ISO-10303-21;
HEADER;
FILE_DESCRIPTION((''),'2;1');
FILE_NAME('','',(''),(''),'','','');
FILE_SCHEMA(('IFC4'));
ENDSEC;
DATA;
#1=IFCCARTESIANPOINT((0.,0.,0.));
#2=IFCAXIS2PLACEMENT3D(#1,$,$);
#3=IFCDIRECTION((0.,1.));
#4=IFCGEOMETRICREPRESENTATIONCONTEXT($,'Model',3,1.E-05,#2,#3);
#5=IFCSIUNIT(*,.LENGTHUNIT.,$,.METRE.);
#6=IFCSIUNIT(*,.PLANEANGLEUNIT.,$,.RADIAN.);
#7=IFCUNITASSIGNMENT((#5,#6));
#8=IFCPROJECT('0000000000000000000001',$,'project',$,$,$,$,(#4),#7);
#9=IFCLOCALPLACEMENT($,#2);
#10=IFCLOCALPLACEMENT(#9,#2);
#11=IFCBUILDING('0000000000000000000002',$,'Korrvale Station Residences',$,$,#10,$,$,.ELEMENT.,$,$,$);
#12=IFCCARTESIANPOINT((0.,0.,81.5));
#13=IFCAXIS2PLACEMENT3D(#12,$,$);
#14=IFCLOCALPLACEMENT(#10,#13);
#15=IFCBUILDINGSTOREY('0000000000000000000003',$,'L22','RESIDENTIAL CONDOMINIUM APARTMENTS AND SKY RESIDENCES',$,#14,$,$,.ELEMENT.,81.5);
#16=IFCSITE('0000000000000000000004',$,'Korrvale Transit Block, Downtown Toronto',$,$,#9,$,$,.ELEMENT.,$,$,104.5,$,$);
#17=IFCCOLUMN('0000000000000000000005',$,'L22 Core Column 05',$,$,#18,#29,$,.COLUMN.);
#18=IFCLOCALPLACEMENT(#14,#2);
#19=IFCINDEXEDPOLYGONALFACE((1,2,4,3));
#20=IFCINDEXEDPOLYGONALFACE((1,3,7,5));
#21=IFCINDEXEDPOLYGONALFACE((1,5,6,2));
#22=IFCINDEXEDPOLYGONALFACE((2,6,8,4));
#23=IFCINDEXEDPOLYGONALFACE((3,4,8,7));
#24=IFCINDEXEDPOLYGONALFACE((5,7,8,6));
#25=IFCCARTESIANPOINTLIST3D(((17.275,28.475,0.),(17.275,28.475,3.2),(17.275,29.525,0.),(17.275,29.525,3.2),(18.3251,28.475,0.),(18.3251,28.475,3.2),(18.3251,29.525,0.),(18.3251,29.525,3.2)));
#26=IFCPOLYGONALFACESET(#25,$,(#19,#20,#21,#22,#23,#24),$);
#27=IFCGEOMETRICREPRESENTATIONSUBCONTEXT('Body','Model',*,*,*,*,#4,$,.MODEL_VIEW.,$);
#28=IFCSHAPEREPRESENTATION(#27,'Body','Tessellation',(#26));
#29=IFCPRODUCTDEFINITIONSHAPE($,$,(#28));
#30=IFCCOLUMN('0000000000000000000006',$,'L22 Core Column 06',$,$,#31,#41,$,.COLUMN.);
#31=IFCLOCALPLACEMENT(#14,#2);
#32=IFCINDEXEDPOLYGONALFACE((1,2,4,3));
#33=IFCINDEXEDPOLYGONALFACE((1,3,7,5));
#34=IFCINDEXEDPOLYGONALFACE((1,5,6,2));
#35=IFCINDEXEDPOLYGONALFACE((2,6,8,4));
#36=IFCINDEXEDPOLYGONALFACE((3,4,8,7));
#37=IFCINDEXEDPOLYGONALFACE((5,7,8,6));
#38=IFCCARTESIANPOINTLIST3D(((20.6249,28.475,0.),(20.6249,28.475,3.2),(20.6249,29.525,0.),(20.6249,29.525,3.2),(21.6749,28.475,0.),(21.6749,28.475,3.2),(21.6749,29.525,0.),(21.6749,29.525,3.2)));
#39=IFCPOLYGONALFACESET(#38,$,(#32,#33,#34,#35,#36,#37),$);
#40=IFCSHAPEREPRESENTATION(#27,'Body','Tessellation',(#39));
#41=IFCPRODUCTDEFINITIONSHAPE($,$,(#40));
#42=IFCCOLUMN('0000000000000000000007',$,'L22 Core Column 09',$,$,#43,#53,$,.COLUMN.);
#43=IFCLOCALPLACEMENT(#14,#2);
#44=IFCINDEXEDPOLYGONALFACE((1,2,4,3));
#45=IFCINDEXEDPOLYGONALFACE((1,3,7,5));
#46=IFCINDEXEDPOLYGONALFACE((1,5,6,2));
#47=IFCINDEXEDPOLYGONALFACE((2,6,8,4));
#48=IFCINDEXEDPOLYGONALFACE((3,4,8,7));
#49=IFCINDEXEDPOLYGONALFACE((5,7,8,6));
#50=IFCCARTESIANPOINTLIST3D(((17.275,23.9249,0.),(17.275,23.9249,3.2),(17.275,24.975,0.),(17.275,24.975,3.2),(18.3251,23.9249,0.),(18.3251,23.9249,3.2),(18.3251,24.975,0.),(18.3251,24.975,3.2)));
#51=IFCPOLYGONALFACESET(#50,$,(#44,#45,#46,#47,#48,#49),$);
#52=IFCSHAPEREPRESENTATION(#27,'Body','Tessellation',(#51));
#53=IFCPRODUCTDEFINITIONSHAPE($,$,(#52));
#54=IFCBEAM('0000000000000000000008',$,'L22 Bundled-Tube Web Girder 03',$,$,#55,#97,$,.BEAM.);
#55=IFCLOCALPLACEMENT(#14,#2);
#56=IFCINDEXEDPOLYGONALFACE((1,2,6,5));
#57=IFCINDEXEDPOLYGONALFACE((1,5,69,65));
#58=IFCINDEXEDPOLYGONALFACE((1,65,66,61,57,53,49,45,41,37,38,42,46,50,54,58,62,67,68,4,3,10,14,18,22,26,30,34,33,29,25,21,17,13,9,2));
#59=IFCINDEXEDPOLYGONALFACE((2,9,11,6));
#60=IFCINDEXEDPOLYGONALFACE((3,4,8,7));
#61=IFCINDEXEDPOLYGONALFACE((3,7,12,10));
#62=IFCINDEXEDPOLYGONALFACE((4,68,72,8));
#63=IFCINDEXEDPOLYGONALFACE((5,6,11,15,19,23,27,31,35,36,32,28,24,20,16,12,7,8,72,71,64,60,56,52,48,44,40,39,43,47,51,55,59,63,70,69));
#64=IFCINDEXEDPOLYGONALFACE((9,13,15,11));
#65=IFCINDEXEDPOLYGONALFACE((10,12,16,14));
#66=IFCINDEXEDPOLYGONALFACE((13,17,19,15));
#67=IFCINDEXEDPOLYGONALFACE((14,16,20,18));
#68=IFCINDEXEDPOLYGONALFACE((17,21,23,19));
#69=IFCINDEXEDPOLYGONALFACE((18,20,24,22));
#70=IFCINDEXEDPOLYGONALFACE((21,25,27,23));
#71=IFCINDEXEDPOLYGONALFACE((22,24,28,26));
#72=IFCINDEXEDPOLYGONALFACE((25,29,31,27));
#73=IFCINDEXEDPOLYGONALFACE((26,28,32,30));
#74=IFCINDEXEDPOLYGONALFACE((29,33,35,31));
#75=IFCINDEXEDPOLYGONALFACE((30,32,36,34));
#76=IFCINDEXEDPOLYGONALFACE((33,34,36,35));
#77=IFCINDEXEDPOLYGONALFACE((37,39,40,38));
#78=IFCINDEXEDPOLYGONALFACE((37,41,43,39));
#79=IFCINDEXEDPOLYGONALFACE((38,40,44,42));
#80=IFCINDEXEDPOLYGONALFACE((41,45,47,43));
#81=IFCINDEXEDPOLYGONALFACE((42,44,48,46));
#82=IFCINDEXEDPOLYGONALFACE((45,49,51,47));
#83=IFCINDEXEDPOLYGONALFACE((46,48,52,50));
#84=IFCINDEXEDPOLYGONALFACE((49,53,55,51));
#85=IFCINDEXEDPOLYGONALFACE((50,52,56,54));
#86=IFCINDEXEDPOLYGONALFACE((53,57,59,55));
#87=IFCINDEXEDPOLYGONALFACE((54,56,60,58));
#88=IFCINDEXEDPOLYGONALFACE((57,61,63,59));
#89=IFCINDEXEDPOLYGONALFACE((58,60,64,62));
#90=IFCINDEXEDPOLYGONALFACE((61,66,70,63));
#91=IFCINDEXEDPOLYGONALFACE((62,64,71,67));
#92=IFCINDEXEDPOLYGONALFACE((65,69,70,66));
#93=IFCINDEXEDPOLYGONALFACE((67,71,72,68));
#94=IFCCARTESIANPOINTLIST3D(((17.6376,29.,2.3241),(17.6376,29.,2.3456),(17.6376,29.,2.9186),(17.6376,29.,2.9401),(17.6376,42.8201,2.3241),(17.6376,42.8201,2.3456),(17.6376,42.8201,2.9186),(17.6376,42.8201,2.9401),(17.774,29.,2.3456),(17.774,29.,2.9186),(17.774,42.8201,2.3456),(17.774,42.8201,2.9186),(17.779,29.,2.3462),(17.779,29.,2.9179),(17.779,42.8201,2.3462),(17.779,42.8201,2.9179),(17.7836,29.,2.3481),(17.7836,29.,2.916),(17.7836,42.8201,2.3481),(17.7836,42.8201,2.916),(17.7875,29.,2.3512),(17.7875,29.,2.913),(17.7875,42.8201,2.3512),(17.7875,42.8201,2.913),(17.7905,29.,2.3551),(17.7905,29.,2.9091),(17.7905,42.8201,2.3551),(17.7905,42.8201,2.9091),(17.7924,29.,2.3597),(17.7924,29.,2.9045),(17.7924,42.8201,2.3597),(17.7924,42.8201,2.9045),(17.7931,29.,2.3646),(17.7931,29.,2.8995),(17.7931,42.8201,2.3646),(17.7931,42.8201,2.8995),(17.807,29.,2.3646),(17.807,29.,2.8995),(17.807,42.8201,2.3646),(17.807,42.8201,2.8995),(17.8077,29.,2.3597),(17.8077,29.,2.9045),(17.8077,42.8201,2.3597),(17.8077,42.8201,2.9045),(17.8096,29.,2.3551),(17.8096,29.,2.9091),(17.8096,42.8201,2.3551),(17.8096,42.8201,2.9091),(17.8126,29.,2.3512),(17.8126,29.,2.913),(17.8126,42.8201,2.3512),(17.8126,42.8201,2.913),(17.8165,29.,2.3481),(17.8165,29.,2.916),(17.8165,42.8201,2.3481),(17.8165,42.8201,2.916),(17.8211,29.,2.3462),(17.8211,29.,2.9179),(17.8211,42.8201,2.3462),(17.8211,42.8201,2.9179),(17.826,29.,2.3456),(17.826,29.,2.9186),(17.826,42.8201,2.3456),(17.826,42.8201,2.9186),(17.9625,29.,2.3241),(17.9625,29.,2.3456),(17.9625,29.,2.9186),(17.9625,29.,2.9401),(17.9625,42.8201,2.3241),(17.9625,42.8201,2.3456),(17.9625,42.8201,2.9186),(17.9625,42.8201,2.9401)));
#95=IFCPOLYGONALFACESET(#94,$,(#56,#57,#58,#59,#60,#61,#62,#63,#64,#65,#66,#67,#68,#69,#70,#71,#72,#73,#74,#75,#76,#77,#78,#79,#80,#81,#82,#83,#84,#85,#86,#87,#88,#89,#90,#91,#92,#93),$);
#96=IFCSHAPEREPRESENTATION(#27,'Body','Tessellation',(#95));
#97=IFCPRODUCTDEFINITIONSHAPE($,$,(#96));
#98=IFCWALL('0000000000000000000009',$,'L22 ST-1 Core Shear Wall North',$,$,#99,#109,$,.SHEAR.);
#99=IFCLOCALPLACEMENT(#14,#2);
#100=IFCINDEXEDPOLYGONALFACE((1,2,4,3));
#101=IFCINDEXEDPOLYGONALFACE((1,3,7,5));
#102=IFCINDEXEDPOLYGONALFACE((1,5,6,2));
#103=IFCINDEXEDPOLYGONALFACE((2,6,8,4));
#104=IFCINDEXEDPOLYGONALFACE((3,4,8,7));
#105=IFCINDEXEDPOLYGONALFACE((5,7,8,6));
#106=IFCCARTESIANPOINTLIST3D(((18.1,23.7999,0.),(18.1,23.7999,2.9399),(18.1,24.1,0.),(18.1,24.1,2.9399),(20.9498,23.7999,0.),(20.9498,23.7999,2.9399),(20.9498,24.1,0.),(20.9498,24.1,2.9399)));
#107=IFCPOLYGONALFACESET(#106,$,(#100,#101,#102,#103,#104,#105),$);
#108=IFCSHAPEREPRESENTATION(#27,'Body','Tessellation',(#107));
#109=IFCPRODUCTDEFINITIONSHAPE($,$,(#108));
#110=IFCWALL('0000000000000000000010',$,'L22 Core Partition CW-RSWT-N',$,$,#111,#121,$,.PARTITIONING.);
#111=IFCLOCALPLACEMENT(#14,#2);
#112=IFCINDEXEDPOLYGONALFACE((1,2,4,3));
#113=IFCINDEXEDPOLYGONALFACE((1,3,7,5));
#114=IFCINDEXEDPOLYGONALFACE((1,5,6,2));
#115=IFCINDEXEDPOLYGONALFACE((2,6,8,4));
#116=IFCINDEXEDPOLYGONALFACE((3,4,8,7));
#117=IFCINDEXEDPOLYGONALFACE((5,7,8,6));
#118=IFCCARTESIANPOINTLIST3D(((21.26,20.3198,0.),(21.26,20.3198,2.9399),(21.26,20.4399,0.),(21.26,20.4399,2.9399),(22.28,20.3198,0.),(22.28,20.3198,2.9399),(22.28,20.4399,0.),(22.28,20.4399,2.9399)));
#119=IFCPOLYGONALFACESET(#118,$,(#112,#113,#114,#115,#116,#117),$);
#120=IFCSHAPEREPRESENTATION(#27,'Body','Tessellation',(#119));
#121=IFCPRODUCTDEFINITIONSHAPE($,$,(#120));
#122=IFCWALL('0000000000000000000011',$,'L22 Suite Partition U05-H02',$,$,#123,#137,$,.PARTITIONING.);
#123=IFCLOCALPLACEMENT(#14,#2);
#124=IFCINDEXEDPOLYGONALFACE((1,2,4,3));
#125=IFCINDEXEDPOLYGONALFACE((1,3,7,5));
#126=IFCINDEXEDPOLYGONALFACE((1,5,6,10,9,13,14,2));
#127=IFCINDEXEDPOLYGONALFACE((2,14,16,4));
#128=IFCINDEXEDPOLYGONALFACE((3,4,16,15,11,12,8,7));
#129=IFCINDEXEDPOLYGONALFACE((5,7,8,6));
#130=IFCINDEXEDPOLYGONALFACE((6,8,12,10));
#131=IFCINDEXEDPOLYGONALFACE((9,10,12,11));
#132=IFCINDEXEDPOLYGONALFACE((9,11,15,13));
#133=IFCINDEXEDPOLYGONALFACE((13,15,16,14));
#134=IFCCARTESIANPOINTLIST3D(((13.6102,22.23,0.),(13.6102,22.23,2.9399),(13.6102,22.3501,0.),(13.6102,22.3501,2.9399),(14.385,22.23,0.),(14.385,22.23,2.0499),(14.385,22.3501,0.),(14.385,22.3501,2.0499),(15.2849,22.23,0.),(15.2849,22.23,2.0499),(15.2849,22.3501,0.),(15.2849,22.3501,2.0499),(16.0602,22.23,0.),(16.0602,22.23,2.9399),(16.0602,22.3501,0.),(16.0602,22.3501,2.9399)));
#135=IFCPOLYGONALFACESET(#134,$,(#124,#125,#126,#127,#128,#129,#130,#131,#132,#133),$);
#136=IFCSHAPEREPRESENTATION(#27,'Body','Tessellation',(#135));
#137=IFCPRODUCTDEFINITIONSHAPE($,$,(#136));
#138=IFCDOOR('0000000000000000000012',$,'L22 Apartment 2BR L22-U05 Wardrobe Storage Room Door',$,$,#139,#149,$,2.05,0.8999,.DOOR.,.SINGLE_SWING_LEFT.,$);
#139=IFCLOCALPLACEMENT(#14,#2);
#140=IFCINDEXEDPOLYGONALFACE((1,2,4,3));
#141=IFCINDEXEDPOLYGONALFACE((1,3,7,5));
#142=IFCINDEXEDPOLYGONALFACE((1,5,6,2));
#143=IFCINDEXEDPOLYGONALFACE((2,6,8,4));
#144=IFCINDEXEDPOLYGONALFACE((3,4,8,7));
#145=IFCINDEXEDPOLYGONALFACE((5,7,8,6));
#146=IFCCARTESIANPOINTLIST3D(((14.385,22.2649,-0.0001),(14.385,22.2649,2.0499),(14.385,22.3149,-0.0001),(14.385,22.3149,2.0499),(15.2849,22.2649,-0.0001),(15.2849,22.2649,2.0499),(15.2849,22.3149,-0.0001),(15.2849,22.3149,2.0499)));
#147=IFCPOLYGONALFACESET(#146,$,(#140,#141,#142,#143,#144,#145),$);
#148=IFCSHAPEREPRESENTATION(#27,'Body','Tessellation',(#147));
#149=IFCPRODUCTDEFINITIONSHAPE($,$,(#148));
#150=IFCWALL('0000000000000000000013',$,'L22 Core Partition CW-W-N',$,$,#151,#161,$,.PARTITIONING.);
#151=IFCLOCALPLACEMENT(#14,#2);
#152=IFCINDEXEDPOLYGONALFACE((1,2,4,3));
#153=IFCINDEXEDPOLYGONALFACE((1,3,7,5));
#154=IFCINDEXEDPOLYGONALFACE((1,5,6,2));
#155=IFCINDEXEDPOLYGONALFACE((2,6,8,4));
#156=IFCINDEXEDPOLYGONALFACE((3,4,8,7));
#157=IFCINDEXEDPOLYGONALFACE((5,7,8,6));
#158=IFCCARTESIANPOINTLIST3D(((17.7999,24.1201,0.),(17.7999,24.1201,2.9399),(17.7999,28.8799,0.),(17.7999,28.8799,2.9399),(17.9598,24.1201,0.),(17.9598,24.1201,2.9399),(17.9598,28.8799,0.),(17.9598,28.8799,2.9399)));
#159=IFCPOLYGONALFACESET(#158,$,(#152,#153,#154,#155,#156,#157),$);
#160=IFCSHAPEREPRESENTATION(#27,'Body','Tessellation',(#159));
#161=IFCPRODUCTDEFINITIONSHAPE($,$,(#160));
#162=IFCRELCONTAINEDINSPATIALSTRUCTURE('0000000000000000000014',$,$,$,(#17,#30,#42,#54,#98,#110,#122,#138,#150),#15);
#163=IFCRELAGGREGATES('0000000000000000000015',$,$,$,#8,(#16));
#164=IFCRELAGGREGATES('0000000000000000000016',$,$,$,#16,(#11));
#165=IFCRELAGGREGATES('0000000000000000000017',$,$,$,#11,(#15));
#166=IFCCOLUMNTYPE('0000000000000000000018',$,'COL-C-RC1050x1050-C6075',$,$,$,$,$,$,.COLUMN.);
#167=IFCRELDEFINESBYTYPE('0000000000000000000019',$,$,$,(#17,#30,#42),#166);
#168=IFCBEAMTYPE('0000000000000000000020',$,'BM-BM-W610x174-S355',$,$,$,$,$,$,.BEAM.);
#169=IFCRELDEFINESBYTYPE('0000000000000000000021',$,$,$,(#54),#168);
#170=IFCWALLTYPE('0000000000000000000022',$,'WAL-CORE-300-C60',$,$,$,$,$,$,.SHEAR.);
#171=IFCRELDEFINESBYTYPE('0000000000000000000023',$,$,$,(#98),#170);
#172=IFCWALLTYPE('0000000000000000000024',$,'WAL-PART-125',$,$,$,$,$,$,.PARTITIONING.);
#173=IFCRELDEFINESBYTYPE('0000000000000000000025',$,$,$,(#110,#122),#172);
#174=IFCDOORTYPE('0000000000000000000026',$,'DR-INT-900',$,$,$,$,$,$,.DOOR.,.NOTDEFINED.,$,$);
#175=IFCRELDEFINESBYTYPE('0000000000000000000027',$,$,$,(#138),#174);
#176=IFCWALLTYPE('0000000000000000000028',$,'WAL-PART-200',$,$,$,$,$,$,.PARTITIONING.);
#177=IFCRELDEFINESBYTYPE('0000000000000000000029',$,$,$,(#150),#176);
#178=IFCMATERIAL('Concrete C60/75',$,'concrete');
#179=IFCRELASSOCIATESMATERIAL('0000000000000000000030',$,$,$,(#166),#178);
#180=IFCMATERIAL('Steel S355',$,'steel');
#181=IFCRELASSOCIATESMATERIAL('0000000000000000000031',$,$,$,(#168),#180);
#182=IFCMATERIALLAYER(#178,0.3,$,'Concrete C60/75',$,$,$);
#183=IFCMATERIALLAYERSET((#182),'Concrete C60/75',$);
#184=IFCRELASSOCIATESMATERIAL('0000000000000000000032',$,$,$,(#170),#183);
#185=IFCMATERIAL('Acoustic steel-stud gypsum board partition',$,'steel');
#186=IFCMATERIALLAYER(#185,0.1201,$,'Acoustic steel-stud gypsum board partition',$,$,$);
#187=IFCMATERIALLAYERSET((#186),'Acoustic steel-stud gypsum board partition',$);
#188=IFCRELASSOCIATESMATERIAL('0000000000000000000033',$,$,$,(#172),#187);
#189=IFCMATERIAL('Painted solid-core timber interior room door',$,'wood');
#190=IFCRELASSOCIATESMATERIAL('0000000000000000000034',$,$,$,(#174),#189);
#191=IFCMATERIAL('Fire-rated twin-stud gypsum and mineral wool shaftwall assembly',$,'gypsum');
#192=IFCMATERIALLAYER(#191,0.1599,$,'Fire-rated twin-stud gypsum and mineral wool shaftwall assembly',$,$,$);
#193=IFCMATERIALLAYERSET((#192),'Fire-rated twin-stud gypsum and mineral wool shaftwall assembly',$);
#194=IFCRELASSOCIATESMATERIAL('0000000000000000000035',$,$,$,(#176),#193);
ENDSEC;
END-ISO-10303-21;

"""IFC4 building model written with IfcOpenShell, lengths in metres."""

from ifc_helpers import new_model, si_unit, direction, frame, frame_2d, origin, origin_2d, place, context, subcontext, project, spatial, rectangle, i_section, extrude, material, layer, layer_set, material_profile, profile_set, type_object, element, fill, save


model = new_model("IFC4")

# Units and contexts
model_context = context("Model", 3, precision=1e-05, world=origin(), true_north=direction((0.0, 1.0)))
body_context = subcontext(model_context, "Body", "Model", "MODEL_VIEW")
ifc_project = project(units=[si_unit("LENGTHUNIT", "METRE"), si_unit("PLANEANGLEUNIT", "RADIAN")], contexts=[model_context])

# Site, building, storey
site_placement = place(None, origin())
site = spatial("IfcSite", under=ifc_project, at=site_placement, Name="Korrvale Transit Block, Downtown Toronto", CompositionType="ELEMENT", RefElevation=104.5)
building_placement = place(site_placement, origin())
building = spatial("IfcBuilding", under=site, at=building_placement, Name="Korrvale Station Residences", CompositionType="ELEMENT")
storey_placement = place(building_placement, frame((0.0, 0.0, 81.5)))
storey = spatial("IfcBuildingStorey", under=building, at=storey_placement, Name="L22", Description="RESIDENTIAL CONDOMINIUM APARTMENTS AND SKY RESIDENCES", CompositionType="ELEMENT", Elevation=81.5)

# Columns
ifc_material_1 = material(Name="Concrete C60/75", Category="concrete")
ifc_material_profile_1 = material_profile(ifc_material_1, rectangle(XDim=1.05, YDim=1.05, at=origin_2d()), Name="RC1050x1050")
ifc_profile_set_1 = profile_set([ifc_material_profile_1], Name="Concrete C60/75")
column_type = type_object("IfcColumnType", Name="COL-C-RC1050x1050-C6075", PredefinedType="COLUMN", material=ifc_profile_set_1)
for number, where, z_axis, x_axis, name in (
    (1, (17.8, 29.0, 0.0), (0.0, 0.0, 1.0), (1.0, 0.0, 0.0), "L22 Core Column 05"),
    (2, (21.1499, 29.0, 0.0), (0.0, 0.0, 1.0), (1.0, 0.0, 0.0), "L22 Core Column 06"),
    (3, (17.8, 24.45, 0.0), (0.0, 0.0, 1.0), (1.0, 0.0, 0.0), "L22 Core Column 09"),
):
    element("IfcColumn", number, at=place(storey_placement, frame(where, z_axis=z_axis, x_axis=x_axis)), inside=storey, type_object=column_type, Name=name, PredefinedType="COLUMN", context=body_context, shape_type="SweptSolid", body=[
        extrude(rectangle(XDim=1.05, YDim=1.05, at=origin_2d()), origin(), (0.0, 0.0, 1.0), 3.2),
    ])

# Beam
ifc_material_2 = material(Name="Steel S355", Category="steel")
ifc_material_profile_2 = material_profile(ifc_material_2, i_section(OverallWidth=0.325, OverallDepth=0.616, WebThickness=0.0139, FlangeThickness=0.0215, FilletRadius=0.019, at=origin_2d()), Name="W610x174")
ifc_profile_set_2 = profile_set([ifc_material_profile_2], Name="Steel S355")
beam_type = type_object("IfcBeamType", Name="BM-BM-W610x174-S355", PredefinedType="BEAM", material=ifc_profile_set_2)
beam_placement = place(storey_placement, frame((17.8, 29.0, 2.6321), z_axis=(0.0, 1.0, 0.0), x_axis=(-1.0, 0.0, 0.0)))
element("IfcBeam", 4, at=beam_placement, inside=storey, type_object=beam_type, Name="L22 Bundled-Tube Web Girder 03", PredefinedType="BEAM", context=body_context, shape_type="SweptSolid", body=[
    extrude(i_section(OverallWidth=0.325, OverallDepth=0.616, WebThickness=0.0139, FlangeThickness=0.0215, FilletRadius=0.019, at=origin_2d()), origin(), (0.0, 0.0, 1.0), 13.8201),
])

# Walls
ifc_layer_1 = layer(ifc_material_1, 0.3, Name="Concrete C60/75")
ifc_layer_set_1 = layer_set([ifc_layer_1], Name="Concrete C60/75")
wall_type_1 = type_object("IfcWallType", Name="WAL-CORE-300-C60", PredefinedType="SHEAR", material=ifc_layer_set_1)
wall_1_placement = place(storey_placement, frame((18.1001, 23.95, 0.0), z_axis=(0.0, 0.0, 1.0), x_axis=(1.0, 0.0, 0.0)))
element("IfcWall", 5, at=wall_1_placement, inside=storey, type_object=wall_type_1, Name="L22 ST-1 Core Shear Wall North", PredefinedType="SHEAR", context=body_context, shape_type="SweptSolid", body=[
    extrude(rectangle(XDim=2.8499, YDim=0.3, at=frame_2d((1.4248, 0.0))), origin(), (0.0, 0.0, 1.0), 2.9399),
])
ifc_material_3 = material(Name="Acoustic steel-stud gypsum board partition", Category="steel")
ifc_layer_2 = layer(ifc_material_3, 0.1201, Name="Acoustic steel-stud gypsum board partition")
ifc_layer_set_2 = layer_set([ifc_layer_2], Name="Acoustic steel-stud gypsum board partition")
wall_type_2 = type_object("IfcWallType", Name="WAL-PART-125", PredefinedType="PARTITIONING", material=ifc_layer_set_2)
wall_2_placement = place(storey_placement, frame((22.28, 20.3799, 0.0), z_axis=(0.0, 0.0, 1.0), x_axis=(-1.0, 0.0, 0.0)))
element("IfcWall", 6, at=wall_2_placement, inside=storey, type_object=wall_type_2, Name="L22 Core Partition CW-RSWT-N", PredefinedType="PARTITIONING", context=body_context, shape_type="SweptSolid", body=[
    extrude(rectangle(XDim=1.02, YDim=0.1201, at=frame_2d((0.51, 0.0))), origin(), (0.0, 0.0, 1.0), 2.9399),
])

# Wall, opening, door
wall_3_placement = place(storey_placement, frame((13.6101, 22.29, 0.0), z_axis=(0.0, 0.0, 1.0), x_axis=(1.0, 0.0, 0.0)))
wall_3 = element("IfcWall", 7, at=wall_3_placement, inside=storey, type_object=wall_type_2, Name="L22 Suite Partition U05-H02", PredefinedType="PARTITIONING", context=body_context, shape_type="SweptSolid", body=[
    extrude(rectangle(XDim=2.45, YDim=0.1201, at=frame_2d((1.2251, 0.0))), origin(), (0.0, 0.0, 1.0), 2.9399),
])
opening_1_placement = place(wall_3_placement, frame((0.7749, 0.0, 0.0)))
opening_1 = element("IfcOpeningElement", 8, at=opening_1_placement, cuts=wall_3, PredefinedType="OPENING", context=body_context, shape_type="SweptSolid", body=[
    extrude(rectangle(XDim=0.8999, YDim=2.05, at=frame_2d((0.45, 1.0249))), frame((0.0, 0.0701, 0.0), z_axis=(0.0, -1.0, 0.0), x_axis=(1.0, 0.0, 0.0)), (0.0, 0.0, 1.0), 0.1401),
])
ifc_material_4 = material(Name="Painted solid-core timber interior room door", Category="wood")
door_type_1 = type_object("IfcDoorType", Name="DR-INT-900", OperationType="NOTDEFINED", PredefinedType="DOOR", material=ifc_material_4)
door_1_placement = place(opening_1_placement, origin())
door_1 = element("IfcDoor", 9, at=door_1_placement, inside=storey, type_object=door_type_1, Name="L22 Apartment 2BR L22-U05 Wardrobe Storage Room Door", OperationType="SINGLE_SWING_LEFT", OverallHeight=2.05, OverallWidth=0.8999, PredefinedType="DOOR", context=body_context, shape_type="SweptSolid", body=[
    extrude(rectangle(XDim=0.8999, YDim=2.05, at=frame_2d((0.45, 1.0249))), frame((0.0, 0.0249, 0.0), z_axis=(0.0, -1.0, 0.0), x_axis=(1.0, 0.0, 0.0)), (0.0, 0.0, 1.0), 0.05),
])
fill(opening_1, door_1)

# Wall
ifc_material_5 = material(Name="Fire-rated twin-stud gypsum and mineral wool shaftwall assembly", Category="gypsum")
ifc_layer_3 = layer(ifc_material_5, 0.1599, Name="Fire-rated twin-stud gypsum and mineral wool shaftwall assembly")
ifc_layer_set_3 = layer_set([ifc_layer_3], Name="Fire-rated twin-stud gypsum and mineral wool shaftwall assembly")
wall_type_3 = type_object("IfcWallType", Name="WAL-PART-200", PredefinedType="PARTITIONING", material=ifc_layer_set_3)
wall_4_placement = place(storey_placement, frame((17.8799, 24.1201, 0.0), z_axis=(0.0, 0.0, 1.0), x_axis=(0.0, 1.0, 0.0)))
element("IfcWall", 10, at=wall_4_placement, inside=storey, type_object=wall_type_3, Name="L22 Core Partition CW-W-N", PredefinedType="PARTITIONING", context=body_context, shape_type="SweptSolid", body=[
    extrude(rectangle(XDim=4.7598, YDim=0.1599, at=frame_2d((2.3799, 0.0))), origin(), (0.0, 0.0, 1.0), 2.9399),
])

save(model, "model.ifc")
